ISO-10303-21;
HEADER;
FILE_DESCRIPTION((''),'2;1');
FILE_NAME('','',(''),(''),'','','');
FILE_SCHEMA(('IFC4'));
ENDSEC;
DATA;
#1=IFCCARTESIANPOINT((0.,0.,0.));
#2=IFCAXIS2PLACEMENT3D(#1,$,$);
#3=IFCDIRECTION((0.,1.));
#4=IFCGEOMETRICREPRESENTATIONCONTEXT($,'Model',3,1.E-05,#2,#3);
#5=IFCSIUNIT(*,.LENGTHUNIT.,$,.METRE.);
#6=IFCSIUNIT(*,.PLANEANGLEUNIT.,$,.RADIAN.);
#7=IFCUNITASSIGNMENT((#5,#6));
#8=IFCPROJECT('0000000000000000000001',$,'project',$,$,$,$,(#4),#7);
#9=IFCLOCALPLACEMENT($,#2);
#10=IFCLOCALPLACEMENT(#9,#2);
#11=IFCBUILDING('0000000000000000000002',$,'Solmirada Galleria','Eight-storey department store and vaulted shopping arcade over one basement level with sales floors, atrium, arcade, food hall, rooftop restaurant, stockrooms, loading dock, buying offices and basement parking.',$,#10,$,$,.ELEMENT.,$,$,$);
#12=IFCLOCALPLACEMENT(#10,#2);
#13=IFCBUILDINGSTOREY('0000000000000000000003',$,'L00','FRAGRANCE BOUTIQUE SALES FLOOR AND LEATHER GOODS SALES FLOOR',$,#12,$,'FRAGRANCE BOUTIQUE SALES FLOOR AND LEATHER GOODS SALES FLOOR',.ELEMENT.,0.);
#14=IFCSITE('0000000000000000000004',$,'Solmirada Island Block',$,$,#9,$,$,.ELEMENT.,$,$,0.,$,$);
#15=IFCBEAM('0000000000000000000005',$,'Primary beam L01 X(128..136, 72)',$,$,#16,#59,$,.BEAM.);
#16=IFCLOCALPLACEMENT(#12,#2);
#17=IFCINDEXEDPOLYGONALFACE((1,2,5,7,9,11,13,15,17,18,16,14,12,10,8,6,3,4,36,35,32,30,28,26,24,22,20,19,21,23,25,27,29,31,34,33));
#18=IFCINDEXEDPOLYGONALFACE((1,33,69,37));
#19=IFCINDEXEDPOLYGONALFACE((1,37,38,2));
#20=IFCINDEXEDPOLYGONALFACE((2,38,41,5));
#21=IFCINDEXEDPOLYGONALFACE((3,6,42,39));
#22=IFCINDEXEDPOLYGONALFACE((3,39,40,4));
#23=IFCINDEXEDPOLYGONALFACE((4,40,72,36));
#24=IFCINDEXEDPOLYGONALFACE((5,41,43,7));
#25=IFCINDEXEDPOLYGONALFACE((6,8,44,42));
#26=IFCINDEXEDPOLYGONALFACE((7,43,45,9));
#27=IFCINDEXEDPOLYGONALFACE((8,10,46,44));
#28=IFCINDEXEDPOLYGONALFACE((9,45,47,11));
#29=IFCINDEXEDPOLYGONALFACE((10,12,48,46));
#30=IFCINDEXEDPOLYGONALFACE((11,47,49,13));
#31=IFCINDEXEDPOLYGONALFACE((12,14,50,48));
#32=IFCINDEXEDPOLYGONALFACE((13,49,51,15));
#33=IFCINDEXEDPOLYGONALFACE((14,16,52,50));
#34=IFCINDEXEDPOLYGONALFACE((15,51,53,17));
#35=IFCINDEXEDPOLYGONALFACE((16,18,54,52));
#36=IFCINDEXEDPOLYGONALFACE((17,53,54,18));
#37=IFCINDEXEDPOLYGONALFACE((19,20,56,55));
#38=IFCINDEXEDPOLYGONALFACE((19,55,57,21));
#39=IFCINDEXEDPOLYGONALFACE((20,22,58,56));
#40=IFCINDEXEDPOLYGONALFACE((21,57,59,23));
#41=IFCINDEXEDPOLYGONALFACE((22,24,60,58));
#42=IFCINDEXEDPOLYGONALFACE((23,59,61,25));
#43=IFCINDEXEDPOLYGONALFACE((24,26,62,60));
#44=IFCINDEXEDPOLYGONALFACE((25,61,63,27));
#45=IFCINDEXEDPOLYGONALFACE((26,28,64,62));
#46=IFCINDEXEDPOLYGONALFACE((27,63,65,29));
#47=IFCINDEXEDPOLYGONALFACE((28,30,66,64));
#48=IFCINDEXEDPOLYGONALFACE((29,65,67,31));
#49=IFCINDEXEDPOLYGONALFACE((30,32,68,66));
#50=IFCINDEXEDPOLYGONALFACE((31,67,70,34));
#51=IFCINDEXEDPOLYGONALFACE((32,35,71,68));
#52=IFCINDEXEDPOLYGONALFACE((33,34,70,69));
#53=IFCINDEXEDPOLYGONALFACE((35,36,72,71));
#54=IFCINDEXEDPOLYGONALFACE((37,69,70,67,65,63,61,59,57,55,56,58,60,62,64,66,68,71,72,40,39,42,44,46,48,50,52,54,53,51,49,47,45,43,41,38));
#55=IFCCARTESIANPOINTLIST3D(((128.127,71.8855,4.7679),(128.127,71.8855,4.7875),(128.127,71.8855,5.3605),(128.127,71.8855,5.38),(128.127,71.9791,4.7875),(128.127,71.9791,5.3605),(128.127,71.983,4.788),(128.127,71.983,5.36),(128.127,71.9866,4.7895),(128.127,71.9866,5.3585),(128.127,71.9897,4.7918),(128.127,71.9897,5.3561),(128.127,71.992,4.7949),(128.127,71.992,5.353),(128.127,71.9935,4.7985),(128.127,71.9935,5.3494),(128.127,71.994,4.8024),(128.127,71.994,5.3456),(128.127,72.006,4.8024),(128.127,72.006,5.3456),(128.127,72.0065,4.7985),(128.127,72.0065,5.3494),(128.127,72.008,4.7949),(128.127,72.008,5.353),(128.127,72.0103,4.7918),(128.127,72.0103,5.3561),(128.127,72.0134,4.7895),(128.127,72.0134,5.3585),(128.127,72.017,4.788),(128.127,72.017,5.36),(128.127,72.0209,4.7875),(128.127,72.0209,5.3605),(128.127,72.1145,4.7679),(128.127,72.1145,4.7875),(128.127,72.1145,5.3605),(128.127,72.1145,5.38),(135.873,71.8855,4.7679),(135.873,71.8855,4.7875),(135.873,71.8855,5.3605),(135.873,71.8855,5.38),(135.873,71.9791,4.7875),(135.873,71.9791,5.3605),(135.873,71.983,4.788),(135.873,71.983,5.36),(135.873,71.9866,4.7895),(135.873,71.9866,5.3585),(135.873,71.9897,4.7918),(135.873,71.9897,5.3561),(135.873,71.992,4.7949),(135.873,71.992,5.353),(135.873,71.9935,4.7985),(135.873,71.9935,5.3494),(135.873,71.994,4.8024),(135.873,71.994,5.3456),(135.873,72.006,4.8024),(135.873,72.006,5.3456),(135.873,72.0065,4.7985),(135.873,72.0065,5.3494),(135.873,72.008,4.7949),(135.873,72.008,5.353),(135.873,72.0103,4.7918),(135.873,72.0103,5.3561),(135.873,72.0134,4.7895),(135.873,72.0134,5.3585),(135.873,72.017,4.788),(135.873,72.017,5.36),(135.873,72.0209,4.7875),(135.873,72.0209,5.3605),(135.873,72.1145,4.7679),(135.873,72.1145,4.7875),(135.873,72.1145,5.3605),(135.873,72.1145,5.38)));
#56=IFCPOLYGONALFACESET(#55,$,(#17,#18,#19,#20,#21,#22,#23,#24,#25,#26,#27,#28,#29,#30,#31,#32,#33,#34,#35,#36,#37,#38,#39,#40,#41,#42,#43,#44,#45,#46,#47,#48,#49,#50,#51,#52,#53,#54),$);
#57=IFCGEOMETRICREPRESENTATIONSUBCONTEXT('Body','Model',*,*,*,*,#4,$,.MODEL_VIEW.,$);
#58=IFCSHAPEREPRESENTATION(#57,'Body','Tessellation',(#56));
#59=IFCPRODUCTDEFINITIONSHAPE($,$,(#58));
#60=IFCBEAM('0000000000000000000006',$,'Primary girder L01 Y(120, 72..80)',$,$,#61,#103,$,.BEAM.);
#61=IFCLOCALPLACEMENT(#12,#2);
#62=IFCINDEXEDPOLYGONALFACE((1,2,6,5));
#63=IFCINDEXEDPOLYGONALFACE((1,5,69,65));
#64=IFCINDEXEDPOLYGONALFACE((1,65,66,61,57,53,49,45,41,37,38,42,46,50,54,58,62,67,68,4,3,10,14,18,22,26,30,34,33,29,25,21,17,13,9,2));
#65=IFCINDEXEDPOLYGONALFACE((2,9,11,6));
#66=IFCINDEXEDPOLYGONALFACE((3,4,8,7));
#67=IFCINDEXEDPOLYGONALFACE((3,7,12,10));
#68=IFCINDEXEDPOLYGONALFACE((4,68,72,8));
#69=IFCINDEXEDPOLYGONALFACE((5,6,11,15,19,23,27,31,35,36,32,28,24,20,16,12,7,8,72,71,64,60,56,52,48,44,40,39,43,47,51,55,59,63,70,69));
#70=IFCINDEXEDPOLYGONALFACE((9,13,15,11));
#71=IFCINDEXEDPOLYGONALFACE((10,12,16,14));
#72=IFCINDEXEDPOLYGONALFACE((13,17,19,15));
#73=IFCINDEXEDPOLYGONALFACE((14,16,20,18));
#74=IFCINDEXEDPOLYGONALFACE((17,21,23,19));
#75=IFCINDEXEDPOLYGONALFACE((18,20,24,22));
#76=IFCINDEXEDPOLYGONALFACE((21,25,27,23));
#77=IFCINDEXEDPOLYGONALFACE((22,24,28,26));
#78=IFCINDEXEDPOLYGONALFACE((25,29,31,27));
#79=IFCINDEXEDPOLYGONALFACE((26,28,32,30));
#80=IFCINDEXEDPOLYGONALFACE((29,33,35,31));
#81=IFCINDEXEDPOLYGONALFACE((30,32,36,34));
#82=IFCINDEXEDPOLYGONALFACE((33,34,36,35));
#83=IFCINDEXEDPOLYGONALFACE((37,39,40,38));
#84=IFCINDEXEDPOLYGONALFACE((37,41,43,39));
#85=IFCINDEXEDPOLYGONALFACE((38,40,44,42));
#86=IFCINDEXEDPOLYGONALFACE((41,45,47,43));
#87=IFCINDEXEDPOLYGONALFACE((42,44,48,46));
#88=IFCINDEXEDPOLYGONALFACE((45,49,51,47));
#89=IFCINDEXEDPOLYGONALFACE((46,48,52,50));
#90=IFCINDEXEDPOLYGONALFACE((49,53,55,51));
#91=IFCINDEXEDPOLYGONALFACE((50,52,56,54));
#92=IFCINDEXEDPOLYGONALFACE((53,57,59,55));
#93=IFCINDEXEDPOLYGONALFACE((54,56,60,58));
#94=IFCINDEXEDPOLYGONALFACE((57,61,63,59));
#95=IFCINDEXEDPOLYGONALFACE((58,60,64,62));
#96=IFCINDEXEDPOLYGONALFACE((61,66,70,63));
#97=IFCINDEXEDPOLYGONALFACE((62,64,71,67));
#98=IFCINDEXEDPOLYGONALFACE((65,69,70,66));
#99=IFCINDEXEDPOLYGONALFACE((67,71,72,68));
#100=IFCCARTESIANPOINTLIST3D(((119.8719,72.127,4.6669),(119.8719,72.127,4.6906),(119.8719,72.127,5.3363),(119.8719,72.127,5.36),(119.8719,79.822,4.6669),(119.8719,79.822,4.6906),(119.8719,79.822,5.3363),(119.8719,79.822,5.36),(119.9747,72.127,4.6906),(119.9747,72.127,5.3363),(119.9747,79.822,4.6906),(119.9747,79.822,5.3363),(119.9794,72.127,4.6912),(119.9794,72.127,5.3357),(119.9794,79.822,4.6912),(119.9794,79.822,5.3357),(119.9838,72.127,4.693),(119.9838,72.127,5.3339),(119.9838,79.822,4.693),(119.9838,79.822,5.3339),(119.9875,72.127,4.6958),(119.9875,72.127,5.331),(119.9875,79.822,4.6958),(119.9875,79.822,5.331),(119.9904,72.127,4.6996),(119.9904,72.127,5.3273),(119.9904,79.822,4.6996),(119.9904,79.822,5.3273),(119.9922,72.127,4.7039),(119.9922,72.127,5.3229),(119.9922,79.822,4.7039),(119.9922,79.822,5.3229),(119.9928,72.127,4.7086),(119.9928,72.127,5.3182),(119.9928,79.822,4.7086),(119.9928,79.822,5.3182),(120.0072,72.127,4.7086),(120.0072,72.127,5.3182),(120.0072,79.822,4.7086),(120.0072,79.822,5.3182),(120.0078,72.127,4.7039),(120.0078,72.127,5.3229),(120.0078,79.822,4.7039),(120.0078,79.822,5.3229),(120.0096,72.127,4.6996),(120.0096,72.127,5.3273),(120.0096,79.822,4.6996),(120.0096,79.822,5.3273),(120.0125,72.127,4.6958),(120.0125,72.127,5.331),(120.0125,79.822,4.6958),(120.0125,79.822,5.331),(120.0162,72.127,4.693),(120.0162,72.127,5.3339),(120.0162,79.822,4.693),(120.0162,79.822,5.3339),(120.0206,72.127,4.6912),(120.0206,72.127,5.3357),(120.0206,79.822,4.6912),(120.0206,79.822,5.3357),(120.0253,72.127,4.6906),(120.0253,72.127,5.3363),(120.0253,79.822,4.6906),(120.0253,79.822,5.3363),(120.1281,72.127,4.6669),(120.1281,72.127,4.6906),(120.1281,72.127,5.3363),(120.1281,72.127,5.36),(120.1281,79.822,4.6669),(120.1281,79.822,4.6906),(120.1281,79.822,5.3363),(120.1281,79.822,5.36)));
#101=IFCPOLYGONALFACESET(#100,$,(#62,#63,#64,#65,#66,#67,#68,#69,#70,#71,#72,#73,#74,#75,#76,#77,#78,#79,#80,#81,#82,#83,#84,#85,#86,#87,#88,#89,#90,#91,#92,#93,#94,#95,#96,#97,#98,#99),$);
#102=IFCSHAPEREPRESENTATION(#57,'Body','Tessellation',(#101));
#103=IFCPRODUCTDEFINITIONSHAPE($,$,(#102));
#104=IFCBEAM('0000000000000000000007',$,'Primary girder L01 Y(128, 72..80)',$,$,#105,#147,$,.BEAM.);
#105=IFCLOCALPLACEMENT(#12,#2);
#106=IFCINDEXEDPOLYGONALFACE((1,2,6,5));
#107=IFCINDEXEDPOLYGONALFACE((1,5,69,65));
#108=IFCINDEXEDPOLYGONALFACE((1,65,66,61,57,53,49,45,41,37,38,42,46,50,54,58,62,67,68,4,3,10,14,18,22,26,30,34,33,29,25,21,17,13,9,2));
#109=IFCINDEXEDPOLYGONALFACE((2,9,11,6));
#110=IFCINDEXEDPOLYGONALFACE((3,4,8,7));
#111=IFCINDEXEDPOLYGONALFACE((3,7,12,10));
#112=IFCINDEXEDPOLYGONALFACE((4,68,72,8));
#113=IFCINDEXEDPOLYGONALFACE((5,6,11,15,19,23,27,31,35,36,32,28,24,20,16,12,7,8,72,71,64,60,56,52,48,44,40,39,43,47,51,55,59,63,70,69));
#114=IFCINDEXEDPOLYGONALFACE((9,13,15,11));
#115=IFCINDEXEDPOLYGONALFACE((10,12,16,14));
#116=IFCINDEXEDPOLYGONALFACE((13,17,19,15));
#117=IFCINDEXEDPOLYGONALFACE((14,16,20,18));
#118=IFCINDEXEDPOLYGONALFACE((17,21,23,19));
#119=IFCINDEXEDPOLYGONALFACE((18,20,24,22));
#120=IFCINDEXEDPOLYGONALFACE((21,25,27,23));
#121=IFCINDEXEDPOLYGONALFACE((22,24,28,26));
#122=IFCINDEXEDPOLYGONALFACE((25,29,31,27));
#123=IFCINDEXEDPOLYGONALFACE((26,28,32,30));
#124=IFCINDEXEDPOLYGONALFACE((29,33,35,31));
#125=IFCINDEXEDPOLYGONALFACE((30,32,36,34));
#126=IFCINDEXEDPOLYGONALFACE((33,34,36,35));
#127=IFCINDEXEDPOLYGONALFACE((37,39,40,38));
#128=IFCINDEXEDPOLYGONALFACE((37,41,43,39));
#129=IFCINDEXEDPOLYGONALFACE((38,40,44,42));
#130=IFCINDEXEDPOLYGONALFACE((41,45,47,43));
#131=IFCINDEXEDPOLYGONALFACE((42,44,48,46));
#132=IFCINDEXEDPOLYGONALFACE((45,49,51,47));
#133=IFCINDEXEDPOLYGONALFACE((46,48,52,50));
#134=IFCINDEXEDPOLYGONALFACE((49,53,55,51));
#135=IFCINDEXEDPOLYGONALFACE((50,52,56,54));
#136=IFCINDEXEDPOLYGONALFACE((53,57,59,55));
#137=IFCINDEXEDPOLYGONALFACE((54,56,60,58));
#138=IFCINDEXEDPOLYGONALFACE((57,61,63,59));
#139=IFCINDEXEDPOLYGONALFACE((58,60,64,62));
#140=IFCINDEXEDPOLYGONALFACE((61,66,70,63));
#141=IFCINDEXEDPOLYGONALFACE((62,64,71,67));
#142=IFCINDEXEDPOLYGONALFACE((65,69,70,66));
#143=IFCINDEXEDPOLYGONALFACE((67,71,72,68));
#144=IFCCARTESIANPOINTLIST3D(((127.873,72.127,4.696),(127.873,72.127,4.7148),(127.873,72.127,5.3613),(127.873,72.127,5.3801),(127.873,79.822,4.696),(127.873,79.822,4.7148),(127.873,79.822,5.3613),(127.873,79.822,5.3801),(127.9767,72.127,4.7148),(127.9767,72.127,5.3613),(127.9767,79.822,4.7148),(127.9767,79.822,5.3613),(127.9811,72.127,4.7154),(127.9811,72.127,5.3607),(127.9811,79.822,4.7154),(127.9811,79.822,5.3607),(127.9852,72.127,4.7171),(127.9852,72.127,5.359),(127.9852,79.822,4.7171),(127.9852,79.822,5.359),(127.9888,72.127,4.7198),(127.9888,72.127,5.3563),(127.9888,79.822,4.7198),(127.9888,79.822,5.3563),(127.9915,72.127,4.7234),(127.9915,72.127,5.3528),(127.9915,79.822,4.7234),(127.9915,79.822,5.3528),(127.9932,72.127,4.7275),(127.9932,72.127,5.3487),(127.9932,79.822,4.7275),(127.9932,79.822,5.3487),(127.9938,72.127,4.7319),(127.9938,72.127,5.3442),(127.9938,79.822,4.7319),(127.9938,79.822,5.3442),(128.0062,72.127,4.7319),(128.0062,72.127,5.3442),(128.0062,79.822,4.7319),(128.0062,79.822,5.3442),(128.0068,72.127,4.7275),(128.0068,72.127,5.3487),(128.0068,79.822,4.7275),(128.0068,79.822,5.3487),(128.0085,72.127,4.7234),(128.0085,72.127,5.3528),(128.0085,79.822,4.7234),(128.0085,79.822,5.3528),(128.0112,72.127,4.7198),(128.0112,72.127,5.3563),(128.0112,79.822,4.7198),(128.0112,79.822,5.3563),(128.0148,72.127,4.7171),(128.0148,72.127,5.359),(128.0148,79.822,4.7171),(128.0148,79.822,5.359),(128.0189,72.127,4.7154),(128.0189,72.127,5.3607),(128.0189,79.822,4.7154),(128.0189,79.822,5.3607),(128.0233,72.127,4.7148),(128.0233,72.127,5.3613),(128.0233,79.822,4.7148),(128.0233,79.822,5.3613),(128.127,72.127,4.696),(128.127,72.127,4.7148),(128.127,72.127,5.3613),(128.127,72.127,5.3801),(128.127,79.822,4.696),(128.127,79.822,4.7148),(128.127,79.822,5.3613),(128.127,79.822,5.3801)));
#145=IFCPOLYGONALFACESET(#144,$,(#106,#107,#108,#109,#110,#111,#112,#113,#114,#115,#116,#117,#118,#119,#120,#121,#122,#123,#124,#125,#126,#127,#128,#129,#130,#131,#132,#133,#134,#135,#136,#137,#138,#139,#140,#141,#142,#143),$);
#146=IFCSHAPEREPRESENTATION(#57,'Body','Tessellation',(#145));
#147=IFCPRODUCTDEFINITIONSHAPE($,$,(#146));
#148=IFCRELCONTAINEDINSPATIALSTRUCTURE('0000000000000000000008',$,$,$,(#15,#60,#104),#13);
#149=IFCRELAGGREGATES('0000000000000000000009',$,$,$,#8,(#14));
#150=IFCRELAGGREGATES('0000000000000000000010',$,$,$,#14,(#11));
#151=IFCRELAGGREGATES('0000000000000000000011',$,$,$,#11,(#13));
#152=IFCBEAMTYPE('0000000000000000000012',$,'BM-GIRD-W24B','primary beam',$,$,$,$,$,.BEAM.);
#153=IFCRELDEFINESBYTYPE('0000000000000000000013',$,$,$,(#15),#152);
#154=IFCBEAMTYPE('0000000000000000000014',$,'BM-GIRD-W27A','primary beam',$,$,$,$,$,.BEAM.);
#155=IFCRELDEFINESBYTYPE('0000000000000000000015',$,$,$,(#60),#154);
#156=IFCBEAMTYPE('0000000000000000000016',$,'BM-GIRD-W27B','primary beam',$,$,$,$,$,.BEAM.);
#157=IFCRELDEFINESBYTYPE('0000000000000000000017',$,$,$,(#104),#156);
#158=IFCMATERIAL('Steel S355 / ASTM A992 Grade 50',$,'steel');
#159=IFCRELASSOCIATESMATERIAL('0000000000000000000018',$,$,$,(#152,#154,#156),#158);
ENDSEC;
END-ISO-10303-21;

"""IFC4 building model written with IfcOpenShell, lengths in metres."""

from ifc_helpers import new_model, si_unit, direction, frame, origin, origin_2d, place, context, subcontext, project, spatial, i_section, extrude, material, material_profile, profile_set, type_object, element, save


model = new_model("IFC4")

# Units and contexts
model_context = context("Model", 3, precision=1e-05, world=origin(), true_north=direction((0.0, 1.0)))
body_context = subcontext(model_context, "Body", "Model", "MODEL_VIEW")
ifc_project = project(units=[si_unit("LENGTHUNIT", "METRE"), si_unit("PLANEANGLEUNIT", "RADIAN")], contexts=[model_context])

# Site, building, storey
site_placement = place(None, origin())
site = spatial("IfcSite", under=ifc_project, at=site_placement, Name="Solmirada Island Block", CompositionType="ELEMENT", RefElevation=0.0)
building_placement = place(site_placement, origin())
building = spatial("IfcBuilding", under=site, at=building_placement, Name="Solmirada Galleria", Description="Eight-storey department store and vaulted shopping arcade over one basement level with sales floors, atrium, arcade, food hall, rooftop restaurant, stockrooms, loading dock, buying offices and basement parking.", CompositionType="ELEMENT")
storey_placement = place(building_placement, origin())
storey = spatial("IfcBuildingStorey", under=building, at=storey_placement, Name="L00", Description="FRAGRANCE BOUTIQUE SALES FLOOR AND LEATHER GOODS SALES FLOOR", LongName="FRAGRANCE BOUTIQUE SALES FLOOR AND LEATHER GOODS SALES FLOOR", CompositionType="ELEMENT", Elevation=0.0)

# Beams
ifc_material_1 = material(Name="Steel S355 / ASTM A992 Grade 50", Category="steel")
ifc_material_profile_1 = material_profile(ifc_material_1, i_section(OverallWidth=0.229, OverallDepth=0.6121, WebThickness=0.012, FlangeThickness=0.0195, FilletRadius=0.0149, at=origin_2d()), Name="W24X84")
ifc_profile_set_1 = profile_set([ifc_material_profile_1], Name="Steel S355 / ASTM A992 Grade 50")
beam_type_1 = type_object("IfcBeamType", Name="BM-GIRD-W24B", Description="primary beam", PredefinedType="BEAM", material=ifc_profile_set_1)
for number, where, z_axis, x_axis, name in (
    (1, (128.127, 72.0, 5.074), (1.0, 0.0, 0.0), (0.0, 1.0, 0.0), "Primary beam L01 X(128..136, 72)"),
):
    element("IfcBeam", number, at=place(storey_placement, frame(where, z_axis=z_axis, x_axis=x_axis)), inside=storey, type_object=beam_type_1, Name=name, PredefinedType="BEAM", context=body_context, shape_type="SweptSolid", body=[
        extrude(i_section(OverallWidth=0.229, OverallDepth=0.6121, WebThickness=0.012, FlangeThickness=0.0195, FilletRadius=0.0149, at=origin_2d()), origin(), (0.0, 0.0, 1.0), 7.7461),
    ])
ifc_material_profile_2 = material_profile(ifc_material_1, i_section(OverallWidth=0.2561, OverallDepth=0.6931, WebThickness=0.0144, FlangeThickness=0.0237, FilletRadius=0.0181, at=origin_2d()), Name="W27X114")
ifc_profile_set_2 = profile_set([ifc_material_profile_2], Name="Steel S355 / ASTM A992 Grade 50")
beam_type_2 = type_object("IfcBeamType", Name="BM-GIRD-W27A", Description="primary beam", PredefinedType="BEAM", material=ifc_profile_set_2)
beam_1_placement = place(storey_placement, frame((120.0, 72.127, 5.0134), z_axis=(0.0, 1.0, 0.0), x_axis=(-1.0, 0.0, 0.0)))
element("IfcBeam", 2, at=beam_1_placement, inside=storey, type_object=beam_type_2, Name="Primary girder L01 Y(120, 72..80)", PredefinedType="BEAM", context=body_context, shape_type="SweptSolid", body=[
    extrude(i_section(OverallWidth=0.2561, OverallDepth=0.6931, WebThickness=0.0144, FlangeThickness=0.0237, FilletRadius=0.0181, at=origin_2d()), origin(), (0.0, 0.0, 1.0), 7.6951),
])
ifc_material_profile_3 = material_profile(ifc_material_1, i_section(OverallWidth=0.2539, OverallDepth=0.6841, WebThickness=0.0125, FlangeThickness=0.0188, FilletRadius=0.0171, at=origin_2d()), Name="W27X94")
ifc_profile_set_3 = profile_set([ifc_material_profile_3], Name="Steel S355 / ASTM A992 Grade 50")
beam_type_3 = type_object("IfcBeamType", Name="BM-GIRD-W27B", Description="primary beam", PredefinedType="BEAM", material=ifc_profile_set_3)
beam_2_placement = place(storey_placement, frame((128.0, 72.127, 5.0381), z_axis=(0.0, 1.0, 0.0), x_axis=(-1.0, 0.0, 0.0)))
element("IfcBeam", 3, at=beam_2_placement, inside=storey, type_object=beam_type_3, Name="Primary girder L01 Y(128, 72..80)", PredefinedType="BEAM", context=body_context, shape_type="SweptSolid", body=[
    extrude(i_section(OverallWidth=0.2539, OverallDepth=0.6841, WebThickness=0.0125, FlangeThickness=0.0188, FilletRadius=0.0171, at=origin_2d()), origin(), (0.0, 0.0, 1.0), 7.6951),
])

save(model, "model.ifc")
